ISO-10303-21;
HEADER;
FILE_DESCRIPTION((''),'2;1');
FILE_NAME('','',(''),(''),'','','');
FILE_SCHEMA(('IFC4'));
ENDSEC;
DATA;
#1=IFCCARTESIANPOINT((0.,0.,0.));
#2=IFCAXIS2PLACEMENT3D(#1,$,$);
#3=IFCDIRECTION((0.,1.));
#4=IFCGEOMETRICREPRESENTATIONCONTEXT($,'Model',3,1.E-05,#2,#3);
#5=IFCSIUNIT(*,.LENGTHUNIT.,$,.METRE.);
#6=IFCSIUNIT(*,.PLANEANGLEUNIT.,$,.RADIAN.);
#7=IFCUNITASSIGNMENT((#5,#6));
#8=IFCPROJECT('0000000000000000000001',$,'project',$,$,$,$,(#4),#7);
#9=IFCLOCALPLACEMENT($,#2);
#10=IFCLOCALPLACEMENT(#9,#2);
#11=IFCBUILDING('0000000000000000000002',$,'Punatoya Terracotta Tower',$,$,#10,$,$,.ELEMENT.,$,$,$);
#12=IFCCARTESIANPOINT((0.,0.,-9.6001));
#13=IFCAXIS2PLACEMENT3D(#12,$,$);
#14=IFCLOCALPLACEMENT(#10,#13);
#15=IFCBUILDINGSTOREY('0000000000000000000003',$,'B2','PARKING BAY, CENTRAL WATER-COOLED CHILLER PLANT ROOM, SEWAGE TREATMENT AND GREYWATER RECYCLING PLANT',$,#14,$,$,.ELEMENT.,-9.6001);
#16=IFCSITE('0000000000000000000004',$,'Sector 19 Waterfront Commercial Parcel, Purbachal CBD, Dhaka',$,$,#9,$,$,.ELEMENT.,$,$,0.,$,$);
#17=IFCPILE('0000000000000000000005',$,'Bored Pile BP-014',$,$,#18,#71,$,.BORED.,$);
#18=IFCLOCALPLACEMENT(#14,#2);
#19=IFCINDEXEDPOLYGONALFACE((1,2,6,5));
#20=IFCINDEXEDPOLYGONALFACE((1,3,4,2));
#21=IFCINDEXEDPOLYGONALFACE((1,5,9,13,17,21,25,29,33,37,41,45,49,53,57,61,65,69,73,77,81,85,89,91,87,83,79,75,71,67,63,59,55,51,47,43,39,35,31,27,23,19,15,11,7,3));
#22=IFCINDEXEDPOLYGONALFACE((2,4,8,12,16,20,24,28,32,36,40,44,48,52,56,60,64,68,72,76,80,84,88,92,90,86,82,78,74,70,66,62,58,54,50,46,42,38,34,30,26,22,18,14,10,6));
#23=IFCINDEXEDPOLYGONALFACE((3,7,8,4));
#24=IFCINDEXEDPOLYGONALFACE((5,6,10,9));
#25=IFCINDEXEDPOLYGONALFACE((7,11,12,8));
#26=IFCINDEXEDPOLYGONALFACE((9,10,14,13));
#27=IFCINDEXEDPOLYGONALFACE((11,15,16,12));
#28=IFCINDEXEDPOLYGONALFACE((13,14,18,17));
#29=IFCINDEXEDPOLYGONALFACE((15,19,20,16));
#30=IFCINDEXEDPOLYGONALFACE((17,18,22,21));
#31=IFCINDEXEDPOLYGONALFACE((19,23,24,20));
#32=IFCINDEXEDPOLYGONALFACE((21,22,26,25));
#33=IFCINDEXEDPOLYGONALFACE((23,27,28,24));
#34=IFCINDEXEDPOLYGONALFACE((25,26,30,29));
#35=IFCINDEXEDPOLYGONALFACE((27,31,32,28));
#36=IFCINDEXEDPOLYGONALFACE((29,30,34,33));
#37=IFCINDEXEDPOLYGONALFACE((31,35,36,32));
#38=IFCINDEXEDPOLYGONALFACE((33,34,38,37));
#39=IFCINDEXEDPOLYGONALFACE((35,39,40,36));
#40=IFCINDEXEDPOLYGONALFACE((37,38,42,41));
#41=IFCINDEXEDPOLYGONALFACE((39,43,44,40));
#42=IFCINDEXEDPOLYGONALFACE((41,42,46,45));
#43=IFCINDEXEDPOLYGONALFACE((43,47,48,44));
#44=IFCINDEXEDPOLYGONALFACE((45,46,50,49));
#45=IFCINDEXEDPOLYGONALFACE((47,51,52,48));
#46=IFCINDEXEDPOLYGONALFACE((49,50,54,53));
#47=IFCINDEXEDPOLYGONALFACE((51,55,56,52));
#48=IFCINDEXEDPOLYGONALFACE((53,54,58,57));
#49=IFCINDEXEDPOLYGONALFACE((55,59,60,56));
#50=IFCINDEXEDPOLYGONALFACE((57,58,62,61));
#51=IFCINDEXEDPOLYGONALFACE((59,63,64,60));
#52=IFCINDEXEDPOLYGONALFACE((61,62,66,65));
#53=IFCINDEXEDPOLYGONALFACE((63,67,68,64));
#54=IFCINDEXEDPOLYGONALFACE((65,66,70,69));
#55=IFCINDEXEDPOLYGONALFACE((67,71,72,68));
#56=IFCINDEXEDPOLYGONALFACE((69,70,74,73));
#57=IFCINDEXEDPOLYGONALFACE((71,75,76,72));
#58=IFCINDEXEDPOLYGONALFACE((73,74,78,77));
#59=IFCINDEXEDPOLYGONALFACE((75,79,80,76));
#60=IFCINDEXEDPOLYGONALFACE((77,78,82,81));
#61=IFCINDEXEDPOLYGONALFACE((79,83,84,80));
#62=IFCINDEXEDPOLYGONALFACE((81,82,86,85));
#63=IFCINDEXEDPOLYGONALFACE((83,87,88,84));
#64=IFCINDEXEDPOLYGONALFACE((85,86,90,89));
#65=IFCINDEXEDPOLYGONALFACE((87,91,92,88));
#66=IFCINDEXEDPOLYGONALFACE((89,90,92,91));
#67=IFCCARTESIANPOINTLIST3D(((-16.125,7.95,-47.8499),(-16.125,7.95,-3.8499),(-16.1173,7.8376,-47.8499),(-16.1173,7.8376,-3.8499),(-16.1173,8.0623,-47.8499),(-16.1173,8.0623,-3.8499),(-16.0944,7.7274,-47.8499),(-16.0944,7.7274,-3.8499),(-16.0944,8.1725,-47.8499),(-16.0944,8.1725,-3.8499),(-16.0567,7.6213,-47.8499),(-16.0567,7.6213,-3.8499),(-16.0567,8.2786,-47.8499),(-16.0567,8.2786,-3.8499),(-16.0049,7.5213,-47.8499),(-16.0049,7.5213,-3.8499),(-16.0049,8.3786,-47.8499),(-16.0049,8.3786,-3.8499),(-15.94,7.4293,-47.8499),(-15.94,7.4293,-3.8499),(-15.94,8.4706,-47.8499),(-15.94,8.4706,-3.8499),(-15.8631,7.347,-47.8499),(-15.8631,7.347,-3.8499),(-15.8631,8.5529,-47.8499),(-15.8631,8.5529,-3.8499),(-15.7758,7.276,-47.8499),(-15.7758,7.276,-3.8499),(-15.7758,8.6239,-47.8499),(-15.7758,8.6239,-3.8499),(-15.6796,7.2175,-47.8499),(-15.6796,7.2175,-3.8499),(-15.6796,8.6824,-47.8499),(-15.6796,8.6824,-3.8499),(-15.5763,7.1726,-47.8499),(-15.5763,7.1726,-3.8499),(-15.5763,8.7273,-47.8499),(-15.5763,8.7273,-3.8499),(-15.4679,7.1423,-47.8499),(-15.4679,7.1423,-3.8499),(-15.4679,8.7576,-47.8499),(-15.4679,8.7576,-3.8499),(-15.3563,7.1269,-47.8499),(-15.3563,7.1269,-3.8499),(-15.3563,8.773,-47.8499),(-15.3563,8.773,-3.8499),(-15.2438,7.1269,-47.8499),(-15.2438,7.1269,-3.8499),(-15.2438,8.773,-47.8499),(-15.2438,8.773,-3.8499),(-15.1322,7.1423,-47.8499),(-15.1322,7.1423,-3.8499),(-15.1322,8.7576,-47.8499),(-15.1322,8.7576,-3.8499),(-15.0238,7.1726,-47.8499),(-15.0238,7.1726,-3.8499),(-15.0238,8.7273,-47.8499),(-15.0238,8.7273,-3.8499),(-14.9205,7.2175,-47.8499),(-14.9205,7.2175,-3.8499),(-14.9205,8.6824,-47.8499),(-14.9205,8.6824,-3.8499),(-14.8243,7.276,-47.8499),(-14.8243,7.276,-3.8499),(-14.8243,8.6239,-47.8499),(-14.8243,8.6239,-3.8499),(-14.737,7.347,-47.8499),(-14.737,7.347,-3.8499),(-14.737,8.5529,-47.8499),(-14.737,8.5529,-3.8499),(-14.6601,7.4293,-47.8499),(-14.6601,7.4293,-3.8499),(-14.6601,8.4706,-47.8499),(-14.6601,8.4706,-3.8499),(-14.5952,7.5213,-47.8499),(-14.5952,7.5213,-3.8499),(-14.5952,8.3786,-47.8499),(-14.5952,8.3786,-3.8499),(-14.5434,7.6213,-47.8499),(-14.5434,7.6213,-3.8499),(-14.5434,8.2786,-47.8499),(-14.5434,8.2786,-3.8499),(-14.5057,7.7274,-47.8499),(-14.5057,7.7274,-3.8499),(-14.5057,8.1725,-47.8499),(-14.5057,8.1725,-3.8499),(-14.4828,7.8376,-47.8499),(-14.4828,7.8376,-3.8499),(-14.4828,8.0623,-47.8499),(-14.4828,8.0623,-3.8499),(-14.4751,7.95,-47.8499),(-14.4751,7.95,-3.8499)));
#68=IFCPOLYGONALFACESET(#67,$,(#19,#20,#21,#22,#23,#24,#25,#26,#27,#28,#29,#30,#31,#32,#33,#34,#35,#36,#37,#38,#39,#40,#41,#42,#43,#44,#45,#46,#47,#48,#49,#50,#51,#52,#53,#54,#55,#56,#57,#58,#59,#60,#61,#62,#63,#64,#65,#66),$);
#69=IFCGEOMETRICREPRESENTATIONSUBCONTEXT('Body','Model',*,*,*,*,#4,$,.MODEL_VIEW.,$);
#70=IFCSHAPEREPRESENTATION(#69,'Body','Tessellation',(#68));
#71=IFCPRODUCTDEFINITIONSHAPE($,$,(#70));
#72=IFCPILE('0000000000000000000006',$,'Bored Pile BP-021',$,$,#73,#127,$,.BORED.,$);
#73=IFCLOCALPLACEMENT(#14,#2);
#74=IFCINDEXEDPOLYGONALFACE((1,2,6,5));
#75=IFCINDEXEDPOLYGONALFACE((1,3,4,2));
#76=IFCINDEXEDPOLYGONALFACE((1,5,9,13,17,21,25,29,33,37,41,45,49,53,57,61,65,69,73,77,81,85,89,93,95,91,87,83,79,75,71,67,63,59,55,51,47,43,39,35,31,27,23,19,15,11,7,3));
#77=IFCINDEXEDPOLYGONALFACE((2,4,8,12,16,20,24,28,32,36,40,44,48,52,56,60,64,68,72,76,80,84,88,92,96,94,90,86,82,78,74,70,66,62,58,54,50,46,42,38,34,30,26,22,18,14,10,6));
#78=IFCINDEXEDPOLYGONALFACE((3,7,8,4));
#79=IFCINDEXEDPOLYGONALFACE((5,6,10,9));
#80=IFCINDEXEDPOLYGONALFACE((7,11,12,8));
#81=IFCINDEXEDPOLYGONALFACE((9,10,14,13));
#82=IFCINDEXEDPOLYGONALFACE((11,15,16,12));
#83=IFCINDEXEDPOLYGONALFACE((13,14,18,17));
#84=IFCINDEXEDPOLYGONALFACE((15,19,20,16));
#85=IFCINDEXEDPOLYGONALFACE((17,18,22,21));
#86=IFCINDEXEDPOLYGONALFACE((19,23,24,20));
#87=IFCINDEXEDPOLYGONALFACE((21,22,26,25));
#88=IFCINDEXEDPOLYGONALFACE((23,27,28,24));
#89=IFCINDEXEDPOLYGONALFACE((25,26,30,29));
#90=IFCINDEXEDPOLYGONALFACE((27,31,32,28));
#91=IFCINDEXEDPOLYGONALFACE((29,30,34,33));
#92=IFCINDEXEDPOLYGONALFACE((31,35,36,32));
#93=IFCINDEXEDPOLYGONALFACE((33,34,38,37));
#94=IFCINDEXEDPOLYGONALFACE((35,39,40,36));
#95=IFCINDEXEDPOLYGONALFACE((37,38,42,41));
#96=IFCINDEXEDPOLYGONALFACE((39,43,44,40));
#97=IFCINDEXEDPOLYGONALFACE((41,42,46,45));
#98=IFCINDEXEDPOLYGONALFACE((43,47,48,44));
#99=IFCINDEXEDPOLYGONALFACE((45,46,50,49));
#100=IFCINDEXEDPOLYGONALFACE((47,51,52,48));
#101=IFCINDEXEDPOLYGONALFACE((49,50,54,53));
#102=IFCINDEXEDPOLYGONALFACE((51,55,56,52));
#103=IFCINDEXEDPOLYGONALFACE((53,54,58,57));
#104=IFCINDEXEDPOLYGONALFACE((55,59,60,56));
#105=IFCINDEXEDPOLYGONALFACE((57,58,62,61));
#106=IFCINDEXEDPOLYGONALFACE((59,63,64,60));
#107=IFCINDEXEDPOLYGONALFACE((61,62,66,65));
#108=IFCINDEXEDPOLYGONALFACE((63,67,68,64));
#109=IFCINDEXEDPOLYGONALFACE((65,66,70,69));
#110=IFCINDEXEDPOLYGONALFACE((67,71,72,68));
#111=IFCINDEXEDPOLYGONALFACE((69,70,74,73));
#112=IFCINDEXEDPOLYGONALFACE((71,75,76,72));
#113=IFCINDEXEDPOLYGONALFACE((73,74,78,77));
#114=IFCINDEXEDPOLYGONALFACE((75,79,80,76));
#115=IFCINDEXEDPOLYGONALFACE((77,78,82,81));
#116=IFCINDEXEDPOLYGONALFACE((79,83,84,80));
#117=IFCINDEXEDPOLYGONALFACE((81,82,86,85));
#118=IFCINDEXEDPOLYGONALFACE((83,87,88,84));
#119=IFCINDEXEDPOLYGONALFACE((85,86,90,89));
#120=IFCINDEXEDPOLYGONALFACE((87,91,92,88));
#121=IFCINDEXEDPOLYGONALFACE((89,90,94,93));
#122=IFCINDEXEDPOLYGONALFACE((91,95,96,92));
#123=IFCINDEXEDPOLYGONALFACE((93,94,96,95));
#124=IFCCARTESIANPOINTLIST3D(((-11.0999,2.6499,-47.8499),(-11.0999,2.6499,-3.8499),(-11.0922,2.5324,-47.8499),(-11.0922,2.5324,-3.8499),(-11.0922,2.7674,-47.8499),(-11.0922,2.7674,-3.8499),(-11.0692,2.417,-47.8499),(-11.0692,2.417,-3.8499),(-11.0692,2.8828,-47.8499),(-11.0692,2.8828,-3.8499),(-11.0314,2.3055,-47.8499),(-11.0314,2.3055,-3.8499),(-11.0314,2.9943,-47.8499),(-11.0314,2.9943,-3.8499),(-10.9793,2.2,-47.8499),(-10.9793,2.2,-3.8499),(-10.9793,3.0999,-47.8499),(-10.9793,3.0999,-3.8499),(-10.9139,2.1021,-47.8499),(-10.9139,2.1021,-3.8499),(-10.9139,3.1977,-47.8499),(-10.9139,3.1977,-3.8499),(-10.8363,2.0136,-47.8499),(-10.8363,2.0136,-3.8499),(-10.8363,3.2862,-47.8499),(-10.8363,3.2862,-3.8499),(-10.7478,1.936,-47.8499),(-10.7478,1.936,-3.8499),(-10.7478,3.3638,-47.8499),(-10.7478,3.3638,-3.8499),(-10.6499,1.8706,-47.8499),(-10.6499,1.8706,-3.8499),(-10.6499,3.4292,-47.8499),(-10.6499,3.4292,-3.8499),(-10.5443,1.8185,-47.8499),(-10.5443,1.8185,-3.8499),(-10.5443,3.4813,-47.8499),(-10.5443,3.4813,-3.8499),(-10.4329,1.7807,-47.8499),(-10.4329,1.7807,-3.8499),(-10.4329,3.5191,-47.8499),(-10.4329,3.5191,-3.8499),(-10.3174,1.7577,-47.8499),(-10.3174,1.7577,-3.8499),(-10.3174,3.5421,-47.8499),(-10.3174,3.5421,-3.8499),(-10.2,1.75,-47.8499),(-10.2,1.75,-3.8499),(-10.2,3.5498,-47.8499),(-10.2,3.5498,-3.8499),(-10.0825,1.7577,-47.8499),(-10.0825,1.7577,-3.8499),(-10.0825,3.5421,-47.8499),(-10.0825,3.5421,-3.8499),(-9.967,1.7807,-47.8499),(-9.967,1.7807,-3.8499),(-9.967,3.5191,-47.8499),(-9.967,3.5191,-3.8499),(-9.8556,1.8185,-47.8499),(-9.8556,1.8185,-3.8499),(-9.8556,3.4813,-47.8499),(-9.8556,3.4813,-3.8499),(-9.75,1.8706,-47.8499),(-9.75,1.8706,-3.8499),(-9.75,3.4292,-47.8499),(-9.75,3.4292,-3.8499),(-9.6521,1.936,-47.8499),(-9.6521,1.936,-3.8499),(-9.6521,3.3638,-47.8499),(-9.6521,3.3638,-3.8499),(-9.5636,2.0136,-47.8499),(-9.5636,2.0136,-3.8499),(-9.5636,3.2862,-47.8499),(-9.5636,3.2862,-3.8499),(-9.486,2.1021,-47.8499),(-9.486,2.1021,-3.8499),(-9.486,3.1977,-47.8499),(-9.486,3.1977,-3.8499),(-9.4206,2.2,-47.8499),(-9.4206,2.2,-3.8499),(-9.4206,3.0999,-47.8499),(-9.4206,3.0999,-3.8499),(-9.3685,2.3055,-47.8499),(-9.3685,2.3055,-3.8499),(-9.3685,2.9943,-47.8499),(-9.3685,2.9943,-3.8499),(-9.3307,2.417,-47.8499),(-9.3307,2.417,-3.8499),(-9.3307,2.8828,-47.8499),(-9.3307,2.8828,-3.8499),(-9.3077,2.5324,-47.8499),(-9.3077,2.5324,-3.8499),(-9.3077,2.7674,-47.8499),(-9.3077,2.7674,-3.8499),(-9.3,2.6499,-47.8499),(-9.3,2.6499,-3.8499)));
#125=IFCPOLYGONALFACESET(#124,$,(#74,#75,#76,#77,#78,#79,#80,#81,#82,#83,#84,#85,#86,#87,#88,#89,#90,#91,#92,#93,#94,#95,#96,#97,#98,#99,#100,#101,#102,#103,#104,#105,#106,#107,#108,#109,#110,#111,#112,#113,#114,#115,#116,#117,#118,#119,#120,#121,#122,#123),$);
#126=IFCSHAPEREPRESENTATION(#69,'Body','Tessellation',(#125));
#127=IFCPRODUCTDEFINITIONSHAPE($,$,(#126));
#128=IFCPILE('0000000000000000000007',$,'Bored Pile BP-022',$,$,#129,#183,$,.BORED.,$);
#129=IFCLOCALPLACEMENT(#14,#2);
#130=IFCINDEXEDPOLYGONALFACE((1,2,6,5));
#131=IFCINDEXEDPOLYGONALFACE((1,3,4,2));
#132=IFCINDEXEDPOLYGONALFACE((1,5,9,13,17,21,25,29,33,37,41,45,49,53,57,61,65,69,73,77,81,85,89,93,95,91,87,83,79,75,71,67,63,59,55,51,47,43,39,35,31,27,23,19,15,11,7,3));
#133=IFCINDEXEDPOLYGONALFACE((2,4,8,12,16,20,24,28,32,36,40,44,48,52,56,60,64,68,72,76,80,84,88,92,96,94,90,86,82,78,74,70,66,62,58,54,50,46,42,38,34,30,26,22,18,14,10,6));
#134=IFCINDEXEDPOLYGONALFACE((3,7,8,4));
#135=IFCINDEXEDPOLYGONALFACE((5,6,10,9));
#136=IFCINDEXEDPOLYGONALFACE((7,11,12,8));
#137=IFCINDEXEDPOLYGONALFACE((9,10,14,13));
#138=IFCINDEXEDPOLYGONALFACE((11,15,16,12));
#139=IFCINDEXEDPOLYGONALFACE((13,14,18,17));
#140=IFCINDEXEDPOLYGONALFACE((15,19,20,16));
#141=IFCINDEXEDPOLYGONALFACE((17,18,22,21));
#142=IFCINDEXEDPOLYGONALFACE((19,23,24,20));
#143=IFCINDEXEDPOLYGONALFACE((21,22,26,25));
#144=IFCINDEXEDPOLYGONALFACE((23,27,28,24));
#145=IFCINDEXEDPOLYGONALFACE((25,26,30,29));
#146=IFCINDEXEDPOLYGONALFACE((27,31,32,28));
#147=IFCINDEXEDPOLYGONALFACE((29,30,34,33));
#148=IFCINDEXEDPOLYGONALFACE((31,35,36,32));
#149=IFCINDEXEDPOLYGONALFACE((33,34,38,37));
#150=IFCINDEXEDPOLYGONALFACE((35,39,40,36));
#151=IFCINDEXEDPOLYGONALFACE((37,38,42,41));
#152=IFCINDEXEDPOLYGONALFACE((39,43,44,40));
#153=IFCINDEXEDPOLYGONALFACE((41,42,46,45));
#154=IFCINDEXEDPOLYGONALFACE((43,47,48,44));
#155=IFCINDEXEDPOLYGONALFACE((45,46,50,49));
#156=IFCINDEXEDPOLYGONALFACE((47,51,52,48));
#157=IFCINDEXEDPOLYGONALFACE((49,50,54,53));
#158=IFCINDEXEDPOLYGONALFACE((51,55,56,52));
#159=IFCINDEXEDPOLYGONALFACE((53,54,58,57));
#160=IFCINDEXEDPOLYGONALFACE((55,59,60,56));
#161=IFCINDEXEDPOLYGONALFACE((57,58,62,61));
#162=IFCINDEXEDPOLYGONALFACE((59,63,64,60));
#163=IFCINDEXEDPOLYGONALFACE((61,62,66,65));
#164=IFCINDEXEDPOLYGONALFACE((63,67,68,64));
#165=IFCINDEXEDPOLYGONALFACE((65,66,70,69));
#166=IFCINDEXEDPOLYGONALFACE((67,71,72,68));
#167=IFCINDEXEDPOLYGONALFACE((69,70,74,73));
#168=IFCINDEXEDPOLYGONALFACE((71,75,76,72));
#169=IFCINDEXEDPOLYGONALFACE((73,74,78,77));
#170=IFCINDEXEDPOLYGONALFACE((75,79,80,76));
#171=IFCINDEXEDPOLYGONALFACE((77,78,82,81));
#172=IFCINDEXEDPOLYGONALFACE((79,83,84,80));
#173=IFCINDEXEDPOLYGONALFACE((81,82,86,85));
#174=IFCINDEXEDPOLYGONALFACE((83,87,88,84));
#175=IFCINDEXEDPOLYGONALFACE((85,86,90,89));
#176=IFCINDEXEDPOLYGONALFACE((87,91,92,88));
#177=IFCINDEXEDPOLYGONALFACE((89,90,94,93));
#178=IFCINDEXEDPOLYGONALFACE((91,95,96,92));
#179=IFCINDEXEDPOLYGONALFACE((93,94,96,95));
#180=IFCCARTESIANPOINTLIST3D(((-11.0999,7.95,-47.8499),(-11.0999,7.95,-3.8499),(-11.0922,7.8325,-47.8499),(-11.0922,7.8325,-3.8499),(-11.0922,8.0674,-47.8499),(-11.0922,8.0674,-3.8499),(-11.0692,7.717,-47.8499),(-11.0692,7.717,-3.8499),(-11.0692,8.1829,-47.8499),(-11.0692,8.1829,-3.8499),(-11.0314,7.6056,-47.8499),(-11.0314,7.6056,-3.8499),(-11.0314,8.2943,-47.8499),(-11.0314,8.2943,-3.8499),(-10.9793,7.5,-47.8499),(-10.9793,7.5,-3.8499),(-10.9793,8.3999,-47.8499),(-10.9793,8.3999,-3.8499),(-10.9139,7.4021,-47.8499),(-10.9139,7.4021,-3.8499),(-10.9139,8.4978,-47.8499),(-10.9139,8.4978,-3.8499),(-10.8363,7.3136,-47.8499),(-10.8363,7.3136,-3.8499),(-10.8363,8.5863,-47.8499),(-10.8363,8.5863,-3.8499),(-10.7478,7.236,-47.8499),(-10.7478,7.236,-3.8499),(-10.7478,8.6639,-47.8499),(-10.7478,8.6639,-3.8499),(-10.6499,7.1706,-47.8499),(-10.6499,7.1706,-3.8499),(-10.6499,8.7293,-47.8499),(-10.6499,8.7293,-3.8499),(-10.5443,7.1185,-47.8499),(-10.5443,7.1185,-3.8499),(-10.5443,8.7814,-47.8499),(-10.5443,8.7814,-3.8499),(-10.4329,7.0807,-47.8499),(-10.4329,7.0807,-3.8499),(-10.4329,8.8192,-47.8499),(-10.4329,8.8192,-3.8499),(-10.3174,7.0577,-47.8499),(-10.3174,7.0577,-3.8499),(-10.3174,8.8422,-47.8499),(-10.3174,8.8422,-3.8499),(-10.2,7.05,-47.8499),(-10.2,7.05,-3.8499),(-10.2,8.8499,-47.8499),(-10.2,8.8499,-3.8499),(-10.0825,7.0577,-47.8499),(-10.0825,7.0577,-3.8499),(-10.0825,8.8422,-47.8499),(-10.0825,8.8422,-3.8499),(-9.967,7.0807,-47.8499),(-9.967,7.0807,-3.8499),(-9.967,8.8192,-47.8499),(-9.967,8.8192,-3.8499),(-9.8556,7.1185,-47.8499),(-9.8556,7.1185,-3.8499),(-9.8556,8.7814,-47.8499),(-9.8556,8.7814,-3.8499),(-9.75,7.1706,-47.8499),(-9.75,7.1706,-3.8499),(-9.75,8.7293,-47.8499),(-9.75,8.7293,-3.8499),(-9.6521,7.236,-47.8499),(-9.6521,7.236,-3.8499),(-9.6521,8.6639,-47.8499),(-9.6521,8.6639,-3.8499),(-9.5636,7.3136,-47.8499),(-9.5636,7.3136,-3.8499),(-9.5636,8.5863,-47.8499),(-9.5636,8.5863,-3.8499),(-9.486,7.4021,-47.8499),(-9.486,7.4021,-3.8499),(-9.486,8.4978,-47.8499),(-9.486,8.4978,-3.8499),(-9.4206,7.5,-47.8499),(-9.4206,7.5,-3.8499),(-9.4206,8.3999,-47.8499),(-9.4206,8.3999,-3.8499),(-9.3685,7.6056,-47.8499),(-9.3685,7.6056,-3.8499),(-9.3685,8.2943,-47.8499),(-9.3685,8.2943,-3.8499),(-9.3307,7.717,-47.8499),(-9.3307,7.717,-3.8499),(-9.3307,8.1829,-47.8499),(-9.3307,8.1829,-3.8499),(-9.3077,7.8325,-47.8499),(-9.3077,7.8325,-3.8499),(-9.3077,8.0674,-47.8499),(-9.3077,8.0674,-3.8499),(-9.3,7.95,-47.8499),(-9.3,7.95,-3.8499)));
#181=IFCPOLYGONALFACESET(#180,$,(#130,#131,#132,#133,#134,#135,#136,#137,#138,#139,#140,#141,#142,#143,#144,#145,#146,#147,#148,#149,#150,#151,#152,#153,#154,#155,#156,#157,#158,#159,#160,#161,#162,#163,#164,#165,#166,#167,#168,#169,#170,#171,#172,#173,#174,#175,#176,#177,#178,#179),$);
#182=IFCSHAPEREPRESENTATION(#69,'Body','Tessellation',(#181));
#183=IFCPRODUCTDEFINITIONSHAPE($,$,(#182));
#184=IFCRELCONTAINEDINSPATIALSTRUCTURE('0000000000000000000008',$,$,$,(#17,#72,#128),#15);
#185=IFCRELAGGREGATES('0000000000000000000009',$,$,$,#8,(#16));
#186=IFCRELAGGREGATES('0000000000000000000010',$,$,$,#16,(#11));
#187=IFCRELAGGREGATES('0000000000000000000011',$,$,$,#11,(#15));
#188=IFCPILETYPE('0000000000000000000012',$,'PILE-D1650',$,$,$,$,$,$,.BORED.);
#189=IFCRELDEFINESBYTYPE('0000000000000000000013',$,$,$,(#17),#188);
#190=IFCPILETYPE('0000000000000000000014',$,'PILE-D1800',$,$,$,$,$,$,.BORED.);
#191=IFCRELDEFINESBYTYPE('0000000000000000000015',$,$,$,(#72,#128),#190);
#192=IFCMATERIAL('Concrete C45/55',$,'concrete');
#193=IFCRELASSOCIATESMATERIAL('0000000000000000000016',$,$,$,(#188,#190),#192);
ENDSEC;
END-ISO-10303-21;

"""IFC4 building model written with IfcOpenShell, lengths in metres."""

from ifc_helpers import new_model, si_unit, direction, frame, origin, origin_2d, place, context, subcontext, project, spatial, circle, extrude, material, material_profile, profile_set, type_object, element, save


model = new_model("IFC4")

# Units and contexts
model_context = context("Model", 3, precision=1e-05, world=origin(), true_north=direction((0.0, 1.0)))
body_context = subcontext(model_context, "Body", "Model", "MODEL_VIEW")
ifc_project = project(units=[si_unit("LENGTHUNIT", "METRE"), si_unit("PLANEANGLEUNIT", "RADIAN")], contexts=[model_context])

# Site, building, storey
site_placement = place(None, origin())
site = spatial("IfcSite", under=ifc_project, at=site_placement, Name="Sector 19 Waterfront Commercial Parcel, Purbachal CBD, Dhaka", CompositionType="ELEMENT", RefElevation=0.0)
building_placement = place(site_placement, origin())
building = spatial("IfcBuilding", under=site, at=building_placement, Name="Punatoya Terracotta Tower", CompositionType="ELEMENT")
storey_placement = place(building_placement, frame((0.0, 0.0, -9.6001)))
storey = spatial("IfcBuildingStorey", under=building, at=storey_placement, Name="B2", Description="PARKING BAY, CENTRAL WATER-COOLED CHILLER PLANT ROOM, SEWAGE TREATMENT AND GREYWATER RECYCLING PLANT", CompositionType="ELEMENT", Elevation=-9.6001)

# Shared definitions
ifc_material_1 = material(Name="Concrete C45/55", Category="concrete")

# Piles
ifc_material_profile_1 = material_profile(ifc_material_1, circle(Radius=0.825, at=origin_2d()))
ifc_profile_set_1 = profile_set([ifc_material_profile_1], Name="Concrete C45/55")
pile_type_1 = type_object("IfcPileType", Name="PILE-D1650", PredefinedType="BORED", material=ifc_profile_set_1)
for number, where, z_axis, x_axis, name in (
    (1, (-15.3, 7.95, -3.8499), (0.0, 0.0, -1.0), (1.0, 0.0, 0.0), "Bored Pile BP-014"),
):
    element("IfcPile", number, at=place(storey_placement, frame(where, z_axis=z_axis, x_axis=x_axis)), inside=storey, type_object=pile_type_1, Name=name, PredefinedType="BORED", context=body_context, shape_type="SweptSolid", body=[
        extrude(circle(Radius=0.825, at=origin_2d()), origin(), (0.0, 0.0, 1.0), 44.0),
    ])
ifc_material_profile_2 = material_profile(ifc_material_1, circle(Radius=0.8999, at=origin_2d()))
ifc_profile_set_2 = profile_set([ifc_material_profile_2], Name="Concrete C45/55")
pile_type_2 = type_object("IfcPileType", Name="PILE-D1800", PredefinedType="BORED", material=ifc_profile_set_2)
for number, where, z_axis, x_axis, name in (
    (2, (-10.2, 2.6499, -3.8499), (0.0, 0.0, -1.0), (1.0, 0.0, 0.0), "Bored Pile BP-021"),
    (3, (-10.2, 7.95, -3.8499), (0.0, 0.0, -1.0), (1.0, 0.0, 0.0), "Bored Pile BP-022"),
):
    element("IfcPile", number, at=place(storey_placement, frame(where, z_axis=z_axis, x_axis=x_axis)), inside=storey, type_object=pile_type_2, Name=name, PredefinedType="BORED", context=body_context, shape_type="SweptSolid", body=[
        extrude(circle(Radius=0.8999, at=origin_2d()), origin(), (0.0, 0.0, 1.0), 44.0),
    ])

save(model, "model.ifc")
